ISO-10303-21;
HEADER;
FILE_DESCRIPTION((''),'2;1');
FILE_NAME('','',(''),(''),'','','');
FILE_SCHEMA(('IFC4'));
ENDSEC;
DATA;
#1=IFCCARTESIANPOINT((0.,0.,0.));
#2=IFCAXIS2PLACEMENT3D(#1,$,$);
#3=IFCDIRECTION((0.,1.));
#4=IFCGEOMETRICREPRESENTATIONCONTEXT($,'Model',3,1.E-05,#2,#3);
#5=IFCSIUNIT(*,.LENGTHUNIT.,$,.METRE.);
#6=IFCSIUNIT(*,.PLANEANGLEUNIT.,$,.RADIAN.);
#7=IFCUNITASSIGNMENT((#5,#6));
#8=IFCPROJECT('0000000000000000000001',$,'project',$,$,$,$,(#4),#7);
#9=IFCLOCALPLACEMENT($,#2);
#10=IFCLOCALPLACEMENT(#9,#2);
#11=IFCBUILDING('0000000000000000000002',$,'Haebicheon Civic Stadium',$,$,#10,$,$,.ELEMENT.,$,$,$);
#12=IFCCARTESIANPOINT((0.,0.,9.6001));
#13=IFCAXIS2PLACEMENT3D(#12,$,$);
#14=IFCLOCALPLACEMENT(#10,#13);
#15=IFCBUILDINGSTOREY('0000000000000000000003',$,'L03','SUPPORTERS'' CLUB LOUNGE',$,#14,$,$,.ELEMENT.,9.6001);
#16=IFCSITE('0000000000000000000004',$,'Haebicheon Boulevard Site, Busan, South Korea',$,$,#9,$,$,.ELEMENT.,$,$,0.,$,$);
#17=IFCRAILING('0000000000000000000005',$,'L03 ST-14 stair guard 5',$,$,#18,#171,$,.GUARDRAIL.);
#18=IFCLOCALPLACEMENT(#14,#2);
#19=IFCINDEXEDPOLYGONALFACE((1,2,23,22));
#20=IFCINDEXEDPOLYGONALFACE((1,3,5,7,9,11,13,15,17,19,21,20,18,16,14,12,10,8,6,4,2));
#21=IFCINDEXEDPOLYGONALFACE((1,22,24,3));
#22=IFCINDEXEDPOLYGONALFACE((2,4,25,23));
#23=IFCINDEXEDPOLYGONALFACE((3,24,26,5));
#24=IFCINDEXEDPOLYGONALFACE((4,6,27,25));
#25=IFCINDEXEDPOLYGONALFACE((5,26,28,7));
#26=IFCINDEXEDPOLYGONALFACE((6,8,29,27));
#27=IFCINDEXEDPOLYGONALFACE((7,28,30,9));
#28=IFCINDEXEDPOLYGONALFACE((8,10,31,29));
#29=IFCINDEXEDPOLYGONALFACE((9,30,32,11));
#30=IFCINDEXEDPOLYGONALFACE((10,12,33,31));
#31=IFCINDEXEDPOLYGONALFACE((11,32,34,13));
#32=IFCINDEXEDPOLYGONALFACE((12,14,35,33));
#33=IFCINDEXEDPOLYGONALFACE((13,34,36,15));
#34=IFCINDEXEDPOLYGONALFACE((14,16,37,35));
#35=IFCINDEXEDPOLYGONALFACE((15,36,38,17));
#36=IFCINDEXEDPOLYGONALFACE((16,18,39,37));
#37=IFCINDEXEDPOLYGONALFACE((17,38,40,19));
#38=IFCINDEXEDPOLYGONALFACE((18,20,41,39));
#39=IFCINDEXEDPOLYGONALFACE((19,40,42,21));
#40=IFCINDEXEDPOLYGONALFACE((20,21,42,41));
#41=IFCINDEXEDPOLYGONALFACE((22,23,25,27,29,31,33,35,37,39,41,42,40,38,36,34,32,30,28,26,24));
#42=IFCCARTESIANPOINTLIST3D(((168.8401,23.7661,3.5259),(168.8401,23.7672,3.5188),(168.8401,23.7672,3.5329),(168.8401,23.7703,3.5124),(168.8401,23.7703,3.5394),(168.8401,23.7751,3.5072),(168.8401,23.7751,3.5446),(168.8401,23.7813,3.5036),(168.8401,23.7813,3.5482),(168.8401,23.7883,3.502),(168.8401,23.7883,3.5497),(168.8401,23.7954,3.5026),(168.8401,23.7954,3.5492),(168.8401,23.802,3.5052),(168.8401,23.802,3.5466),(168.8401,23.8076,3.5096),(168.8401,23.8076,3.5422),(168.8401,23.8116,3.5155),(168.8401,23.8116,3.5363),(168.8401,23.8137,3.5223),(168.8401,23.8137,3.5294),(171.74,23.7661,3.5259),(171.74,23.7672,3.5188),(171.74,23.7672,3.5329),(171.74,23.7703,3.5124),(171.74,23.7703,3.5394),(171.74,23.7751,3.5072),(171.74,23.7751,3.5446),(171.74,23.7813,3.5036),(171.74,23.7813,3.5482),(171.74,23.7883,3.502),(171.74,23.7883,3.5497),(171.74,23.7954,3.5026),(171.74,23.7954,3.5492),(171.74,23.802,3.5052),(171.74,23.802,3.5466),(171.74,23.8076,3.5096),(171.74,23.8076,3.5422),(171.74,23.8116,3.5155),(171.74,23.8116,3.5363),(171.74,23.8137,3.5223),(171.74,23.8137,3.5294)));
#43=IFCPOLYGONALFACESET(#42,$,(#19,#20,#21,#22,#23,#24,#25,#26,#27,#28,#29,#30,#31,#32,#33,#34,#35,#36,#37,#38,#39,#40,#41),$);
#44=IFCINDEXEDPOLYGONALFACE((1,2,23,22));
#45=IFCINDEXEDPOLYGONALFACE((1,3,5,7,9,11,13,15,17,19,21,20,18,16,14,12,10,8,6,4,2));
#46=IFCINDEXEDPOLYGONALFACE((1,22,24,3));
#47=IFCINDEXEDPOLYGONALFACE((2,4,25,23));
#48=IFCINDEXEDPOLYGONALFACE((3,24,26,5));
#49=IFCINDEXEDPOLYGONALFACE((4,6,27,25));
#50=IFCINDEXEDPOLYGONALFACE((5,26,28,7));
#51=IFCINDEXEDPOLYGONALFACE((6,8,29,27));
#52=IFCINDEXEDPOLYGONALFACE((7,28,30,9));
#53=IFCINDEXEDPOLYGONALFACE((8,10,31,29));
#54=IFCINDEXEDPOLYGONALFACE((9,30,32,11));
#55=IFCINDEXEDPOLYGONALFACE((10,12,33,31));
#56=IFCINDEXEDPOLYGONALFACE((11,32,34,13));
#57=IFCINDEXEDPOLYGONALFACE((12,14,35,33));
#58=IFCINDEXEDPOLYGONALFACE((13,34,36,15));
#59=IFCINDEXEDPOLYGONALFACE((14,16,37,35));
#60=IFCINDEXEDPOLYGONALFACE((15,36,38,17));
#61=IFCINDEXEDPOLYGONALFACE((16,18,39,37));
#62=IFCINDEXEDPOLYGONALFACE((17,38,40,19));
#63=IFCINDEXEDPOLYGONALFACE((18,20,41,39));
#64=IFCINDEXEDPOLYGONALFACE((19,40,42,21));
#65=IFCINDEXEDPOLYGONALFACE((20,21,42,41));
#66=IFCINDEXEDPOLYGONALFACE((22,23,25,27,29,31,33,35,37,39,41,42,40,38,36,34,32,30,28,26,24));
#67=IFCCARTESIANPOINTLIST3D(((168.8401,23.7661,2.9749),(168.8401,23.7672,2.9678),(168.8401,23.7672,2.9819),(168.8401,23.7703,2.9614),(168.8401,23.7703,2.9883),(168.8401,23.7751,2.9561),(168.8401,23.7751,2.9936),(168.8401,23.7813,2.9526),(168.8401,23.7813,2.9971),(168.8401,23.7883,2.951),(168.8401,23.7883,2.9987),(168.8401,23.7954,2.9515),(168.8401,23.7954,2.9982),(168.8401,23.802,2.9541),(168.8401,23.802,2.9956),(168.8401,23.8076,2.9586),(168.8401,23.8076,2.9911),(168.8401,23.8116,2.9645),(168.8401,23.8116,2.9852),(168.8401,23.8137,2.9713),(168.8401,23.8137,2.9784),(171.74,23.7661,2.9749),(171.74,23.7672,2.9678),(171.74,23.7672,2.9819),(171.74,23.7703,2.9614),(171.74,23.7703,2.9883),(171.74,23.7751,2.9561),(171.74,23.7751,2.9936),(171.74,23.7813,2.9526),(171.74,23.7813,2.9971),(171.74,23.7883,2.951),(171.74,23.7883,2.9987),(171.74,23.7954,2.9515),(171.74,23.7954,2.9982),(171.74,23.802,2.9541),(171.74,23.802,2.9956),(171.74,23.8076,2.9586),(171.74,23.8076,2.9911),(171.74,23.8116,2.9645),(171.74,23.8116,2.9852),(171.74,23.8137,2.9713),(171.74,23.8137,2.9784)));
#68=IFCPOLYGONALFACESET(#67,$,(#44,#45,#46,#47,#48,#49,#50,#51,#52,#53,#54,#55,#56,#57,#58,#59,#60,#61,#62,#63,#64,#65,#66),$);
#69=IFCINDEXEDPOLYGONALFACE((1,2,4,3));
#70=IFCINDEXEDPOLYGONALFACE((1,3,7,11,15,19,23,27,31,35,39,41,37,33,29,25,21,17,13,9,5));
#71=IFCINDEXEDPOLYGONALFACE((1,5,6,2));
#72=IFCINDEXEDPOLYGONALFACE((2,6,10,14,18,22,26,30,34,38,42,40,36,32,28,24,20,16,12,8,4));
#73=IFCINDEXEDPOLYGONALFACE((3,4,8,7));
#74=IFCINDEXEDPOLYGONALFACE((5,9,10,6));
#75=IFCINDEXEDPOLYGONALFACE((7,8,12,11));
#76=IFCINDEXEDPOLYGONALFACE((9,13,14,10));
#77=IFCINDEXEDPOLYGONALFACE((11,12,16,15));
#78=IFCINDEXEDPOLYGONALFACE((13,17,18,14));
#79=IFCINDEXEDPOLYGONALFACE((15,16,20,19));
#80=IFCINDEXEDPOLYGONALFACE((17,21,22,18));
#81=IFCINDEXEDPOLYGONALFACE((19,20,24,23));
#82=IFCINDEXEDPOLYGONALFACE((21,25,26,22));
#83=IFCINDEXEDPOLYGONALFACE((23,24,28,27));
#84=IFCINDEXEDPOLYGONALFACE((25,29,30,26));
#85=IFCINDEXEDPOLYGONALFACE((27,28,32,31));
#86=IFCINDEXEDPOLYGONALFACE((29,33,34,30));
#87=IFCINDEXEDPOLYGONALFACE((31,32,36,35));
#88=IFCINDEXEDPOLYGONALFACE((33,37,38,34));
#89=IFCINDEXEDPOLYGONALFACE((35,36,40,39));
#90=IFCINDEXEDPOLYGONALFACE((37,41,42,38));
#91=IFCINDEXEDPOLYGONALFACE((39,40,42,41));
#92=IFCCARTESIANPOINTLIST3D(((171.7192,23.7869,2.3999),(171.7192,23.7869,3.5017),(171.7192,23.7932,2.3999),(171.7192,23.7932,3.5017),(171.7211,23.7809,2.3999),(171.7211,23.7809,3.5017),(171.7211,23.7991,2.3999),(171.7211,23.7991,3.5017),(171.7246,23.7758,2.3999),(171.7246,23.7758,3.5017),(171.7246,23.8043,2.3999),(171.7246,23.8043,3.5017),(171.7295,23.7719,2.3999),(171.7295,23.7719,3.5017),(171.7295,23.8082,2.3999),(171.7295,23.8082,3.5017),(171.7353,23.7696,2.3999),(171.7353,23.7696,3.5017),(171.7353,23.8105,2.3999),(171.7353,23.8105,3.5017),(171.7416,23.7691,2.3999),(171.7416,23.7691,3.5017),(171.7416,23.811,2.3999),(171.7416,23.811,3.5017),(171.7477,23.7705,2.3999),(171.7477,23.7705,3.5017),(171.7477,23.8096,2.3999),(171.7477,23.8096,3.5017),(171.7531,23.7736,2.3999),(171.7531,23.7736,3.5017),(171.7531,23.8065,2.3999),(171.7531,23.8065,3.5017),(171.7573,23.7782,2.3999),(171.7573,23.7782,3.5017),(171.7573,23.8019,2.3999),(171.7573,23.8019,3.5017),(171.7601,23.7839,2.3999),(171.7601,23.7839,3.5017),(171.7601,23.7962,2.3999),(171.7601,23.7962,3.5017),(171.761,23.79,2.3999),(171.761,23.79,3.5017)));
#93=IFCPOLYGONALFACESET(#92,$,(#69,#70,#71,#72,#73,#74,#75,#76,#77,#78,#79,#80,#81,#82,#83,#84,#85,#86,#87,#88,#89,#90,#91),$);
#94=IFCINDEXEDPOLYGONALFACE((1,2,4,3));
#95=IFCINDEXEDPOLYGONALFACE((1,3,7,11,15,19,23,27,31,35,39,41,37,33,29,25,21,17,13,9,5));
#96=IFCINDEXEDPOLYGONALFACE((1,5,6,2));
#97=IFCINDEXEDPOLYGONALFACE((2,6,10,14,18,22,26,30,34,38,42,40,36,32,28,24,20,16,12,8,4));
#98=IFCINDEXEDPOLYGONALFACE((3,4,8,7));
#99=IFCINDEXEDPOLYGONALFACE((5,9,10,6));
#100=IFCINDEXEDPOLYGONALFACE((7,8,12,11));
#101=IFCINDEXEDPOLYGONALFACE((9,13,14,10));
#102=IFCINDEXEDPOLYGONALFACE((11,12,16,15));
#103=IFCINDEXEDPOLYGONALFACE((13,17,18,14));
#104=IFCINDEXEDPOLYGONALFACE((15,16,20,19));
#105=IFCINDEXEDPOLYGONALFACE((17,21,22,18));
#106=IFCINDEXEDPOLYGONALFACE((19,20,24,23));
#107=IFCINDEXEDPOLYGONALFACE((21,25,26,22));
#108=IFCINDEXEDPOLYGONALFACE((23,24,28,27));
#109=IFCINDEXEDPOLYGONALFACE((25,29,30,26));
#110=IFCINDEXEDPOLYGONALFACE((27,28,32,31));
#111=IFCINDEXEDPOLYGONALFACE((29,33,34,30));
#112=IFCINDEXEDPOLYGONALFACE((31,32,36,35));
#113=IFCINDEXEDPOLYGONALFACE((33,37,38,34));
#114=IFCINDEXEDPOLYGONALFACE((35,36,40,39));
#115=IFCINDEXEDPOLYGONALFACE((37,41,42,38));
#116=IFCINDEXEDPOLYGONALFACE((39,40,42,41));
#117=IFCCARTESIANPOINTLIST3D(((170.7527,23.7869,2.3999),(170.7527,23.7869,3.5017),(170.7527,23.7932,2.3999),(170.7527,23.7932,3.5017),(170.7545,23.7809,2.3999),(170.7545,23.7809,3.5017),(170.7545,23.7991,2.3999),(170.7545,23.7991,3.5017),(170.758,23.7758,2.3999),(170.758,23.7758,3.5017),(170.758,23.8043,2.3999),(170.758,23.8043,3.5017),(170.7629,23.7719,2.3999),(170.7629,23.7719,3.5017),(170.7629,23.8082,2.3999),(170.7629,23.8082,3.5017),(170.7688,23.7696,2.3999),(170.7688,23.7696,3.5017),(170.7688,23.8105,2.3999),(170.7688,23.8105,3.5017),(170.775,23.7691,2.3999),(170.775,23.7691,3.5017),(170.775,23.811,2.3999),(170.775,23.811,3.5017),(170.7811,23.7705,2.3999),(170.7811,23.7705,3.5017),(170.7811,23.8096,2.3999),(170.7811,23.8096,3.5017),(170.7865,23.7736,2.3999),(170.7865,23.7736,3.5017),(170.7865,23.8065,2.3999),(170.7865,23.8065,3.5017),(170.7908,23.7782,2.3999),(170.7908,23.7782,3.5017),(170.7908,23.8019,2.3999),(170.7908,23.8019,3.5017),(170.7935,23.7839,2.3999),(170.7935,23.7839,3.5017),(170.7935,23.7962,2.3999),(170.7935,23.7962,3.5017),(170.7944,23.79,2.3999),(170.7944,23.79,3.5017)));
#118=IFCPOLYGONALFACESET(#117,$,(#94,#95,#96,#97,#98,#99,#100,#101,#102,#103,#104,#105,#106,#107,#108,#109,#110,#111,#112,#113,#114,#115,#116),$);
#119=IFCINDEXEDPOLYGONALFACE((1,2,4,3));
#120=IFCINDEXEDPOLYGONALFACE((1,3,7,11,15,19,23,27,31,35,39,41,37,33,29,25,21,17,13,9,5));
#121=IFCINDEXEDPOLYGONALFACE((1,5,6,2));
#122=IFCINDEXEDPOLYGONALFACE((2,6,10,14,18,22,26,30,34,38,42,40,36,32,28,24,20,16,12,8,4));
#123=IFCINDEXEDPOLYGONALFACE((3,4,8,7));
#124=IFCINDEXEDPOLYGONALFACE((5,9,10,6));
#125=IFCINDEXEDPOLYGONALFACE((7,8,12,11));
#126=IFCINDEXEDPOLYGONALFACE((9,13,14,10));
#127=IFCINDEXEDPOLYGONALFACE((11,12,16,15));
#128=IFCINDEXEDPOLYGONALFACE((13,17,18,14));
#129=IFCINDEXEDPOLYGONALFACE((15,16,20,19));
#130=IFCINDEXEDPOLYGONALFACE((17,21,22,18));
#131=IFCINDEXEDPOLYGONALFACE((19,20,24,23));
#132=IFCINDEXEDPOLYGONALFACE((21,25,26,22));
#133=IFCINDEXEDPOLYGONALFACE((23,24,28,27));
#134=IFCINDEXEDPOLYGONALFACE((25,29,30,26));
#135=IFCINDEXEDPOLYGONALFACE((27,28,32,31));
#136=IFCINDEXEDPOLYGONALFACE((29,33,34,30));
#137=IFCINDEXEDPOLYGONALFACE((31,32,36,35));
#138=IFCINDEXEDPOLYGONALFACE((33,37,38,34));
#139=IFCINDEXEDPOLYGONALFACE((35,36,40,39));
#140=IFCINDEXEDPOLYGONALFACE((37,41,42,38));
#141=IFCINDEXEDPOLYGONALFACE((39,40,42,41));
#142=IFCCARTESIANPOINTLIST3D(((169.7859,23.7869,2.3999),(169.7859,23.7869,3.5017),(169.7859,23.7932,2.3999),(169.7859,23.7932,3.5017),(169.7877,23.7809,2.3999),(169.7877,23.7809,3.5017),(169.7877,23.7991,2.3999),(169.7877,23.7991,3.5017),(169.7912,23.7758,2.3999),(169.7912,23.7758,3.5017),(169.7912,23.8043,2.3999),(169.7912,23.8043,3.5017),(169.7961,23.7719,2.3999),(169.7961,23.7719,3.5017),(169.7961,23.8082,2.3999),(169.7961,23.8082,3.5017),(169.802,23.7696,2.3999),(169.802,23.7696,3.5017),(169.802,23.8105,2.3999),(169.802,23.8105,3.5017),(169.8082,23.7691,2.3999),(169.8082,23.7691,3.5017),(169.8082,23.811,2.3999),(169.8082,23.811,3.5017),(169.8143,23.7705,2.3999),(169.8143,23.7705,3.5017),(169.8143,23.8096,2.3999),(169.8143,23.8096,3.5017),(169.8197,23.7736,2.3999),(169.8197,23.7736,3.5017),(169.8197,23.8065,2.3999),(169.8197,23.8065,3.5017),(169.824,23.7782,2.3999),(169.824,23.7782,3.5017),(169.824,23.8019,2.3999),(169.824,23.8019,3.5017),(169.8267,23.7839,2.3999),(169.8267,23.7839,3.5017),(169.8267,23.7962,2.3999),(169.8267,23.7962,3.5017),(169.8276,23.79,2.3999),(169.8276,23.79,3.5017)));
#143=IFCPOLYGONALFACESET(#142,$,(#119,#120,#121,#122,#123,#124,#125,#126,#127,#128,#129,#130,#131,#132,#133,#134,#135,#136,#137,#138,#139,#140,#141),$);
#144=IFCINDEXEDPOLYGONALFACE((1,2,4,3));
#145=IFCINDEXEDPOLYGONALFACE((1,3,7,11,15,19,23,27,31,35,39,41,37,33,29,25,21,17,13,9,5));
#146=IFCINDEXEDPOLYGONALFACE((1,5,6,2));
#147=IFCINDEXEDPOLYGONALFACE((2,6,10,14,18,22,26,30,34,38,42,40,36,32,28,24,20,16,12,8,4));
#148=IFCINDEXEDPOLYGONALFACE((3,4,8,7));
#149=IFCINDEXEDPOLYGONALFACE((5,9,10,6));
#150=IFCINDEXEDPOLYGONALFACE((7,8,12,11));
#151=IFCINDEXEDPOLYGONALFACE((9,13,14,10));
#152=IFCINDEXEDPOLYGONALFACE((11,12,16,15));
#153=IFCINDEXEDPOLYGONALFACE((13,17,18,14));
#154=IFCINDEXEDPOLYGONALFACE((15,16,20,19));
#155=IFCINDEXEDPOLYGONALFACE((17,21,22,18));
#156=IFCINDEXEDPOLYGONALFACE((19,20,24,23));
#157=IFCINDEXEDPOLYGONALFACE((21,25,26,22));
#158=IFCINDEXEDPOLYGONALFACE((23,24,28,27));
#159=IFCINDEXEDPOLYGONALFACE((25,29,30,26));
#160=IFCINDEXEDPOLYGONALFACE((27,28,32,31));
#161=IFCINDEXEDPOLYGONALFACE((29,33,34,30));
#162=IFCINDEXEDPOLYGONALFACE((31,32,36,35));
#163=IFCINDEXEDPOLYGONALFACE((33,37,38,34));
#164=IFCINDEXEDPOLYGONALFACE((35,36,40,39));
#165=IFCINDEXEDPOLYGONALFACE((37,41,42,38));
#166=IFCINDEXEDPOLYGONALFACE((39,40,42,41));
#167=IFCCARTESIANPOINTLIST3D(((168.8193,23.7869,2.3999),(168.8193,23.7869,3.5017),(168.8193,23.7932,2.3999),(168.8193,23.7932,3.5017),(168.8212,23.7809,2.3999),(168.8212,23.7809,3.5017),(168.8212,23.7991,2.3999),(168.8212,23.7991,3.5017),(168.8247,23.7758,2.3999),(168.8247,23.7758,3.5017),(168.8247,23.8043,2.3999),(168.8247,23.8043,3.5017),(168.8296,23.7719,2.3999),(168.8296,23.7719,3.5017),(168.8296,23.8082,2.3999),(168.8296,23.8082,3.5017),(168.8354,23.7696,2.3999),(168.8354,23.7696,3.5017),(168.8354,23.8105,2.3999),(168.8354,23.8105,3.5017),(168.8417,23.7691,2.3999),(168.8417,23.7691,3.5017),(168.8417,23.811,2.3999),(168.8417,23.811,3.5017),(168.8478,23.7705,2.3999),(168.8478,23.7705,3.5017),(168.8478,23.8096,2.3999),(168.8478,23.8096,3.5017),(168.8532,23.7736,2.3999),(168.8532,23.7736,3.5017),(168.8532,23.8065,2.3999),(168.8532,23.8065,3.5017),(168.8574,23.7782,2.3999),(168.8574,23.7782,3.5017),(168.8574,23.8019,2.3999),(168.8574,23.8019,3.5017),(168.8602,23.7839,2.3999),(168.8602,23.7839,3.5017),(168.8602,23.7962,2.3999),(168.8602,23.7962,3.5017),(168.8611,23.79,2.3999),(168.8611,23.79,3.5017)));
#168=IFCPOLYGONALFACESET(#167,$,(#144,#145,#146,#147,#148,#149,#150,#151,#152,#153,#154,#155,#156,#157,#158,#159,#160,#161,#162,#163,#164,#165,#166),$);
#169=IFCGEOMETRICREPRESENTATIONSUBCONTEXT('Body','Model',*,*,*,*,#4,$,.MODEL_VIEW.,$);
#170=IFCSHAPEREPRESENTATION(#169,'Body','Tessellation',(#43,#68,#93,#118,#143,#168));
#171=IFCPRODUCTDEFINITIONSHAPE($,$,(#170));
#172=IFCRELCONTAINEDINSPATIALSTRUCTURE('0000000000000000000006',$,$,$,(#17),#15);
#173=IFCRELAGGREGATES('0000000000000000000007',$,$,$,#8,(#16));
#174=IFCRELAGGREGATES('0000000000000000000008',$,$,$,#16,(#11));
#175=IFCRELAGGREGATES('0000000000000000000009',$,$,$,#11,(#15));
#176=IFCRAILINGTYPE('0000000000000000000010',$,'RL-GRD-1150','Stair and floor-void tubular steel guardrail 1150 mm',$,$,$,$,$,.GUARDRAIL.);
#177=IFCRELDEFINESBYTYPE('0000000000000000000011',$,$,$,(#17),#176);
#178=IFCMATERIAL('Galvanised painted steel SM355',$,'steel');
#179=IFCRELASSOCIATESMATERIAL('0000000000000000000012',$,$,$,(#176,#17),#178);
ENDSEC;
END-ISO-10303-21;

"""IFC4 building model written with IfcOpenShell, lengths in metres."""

from ifc_helpers import new_model, si_unit, direction, frame, origin, origin_2d, place, context, subcontext, project, spatial, circle, extrude, material, type_object, element, save


model = new_model("IFC4")

# Units and contexts
model_context = context("Model", 3, precision=1e-05, world=origin(), true_north=direction((0.0, 1.0)))
body_context = subcontext(model_context, "Body", "Model", "MODEL_VIEW")
ifc_project = project(units=[si_unit("LENGTHUNIT", "METRE"), si_unit("PLANEANGLEUNIT", "RADIAN")], contexts=[model_context])

# Site, building, storey
site_placement = place(None, origin())
site = spatial("IfcSite", under=ifc_project, at=site_placement, Name="Haebicheon Boulevard Site, Busan, South Korea", CompositionType="ELEMENT", RefElevation=0.0)
building_placement = place(site_placement, origin())
building = spatial("IfcBuilding", under=site, at=building_placement, Name="Haebicheon Civic Stadium", CompositionType="ELEMENT")
storey_placement = place(building_placement, frame((0.0, 0.0, 9.6001)))
storey = spatial("IfcBuildingStorey", under=building, at=storey_placement, Name="L03", Description="SUPPORTERS' CLUB LOUNGE", CompositionType="ELEMENT", Elevation=9.6001)

# Railing
ifc_material_1 = material(Name="Galvanised painted steel SM355", Category="steel")
railing_type_1 = type_object("IfcRailingType", Name="RL-GRD-1150", Description="Stair and floor-void tubular steel guardrail 1150 mm", PredefinedType="GUARDRAIL", material=ifc_material_1)
railing_1_placement = place(storey_placement, frame((171.74, 23.79, 2.3999)))
element("IfcRailing", 1, at=railing_1_placement, inside=storey, type_object=railing_type_1, material=ifc_material_1, Name="L03 ST-14 stair guard 5", PredefinedType="GUARDRAIL", context=body_context, shape_type="SweptSolid", body=[
    extrude(circle(Radius=0.0239, at=origin_2d()), frame((0.0, 0.0, 1.126), z_axis=(-1.0, 0.0, 0.0), x_axis=(0.0, -1.0, 0.0)), (0.0, 0.0, 1.0), 2.8999),
    extrude(circle(Radius=0.0239, at=origin_2d()), frame((0.0, 0.0, 0.575), z_axis=(-1.0, 0.0, 0.0), x_axis=(0.0, -1.0, 0.0)), (0.0, 0.0, 1.0), 2.8999),
    extrude(circle(Radius=0.021, at=origin_2d()), origin(), (0.0, 0.0, 1.0), 1.1018),
    extrude(circle(Radius=0.021, at=origin_2d()), frame((-0.9666, 0.0, 0.0)), (0.0, 0.0, 1.0), 1.1018),
    extrude(circle(Radius=0.021, at=origin_2d()), frame((-1.9333, 0.0, 0.0)), (0.0, 0.0, 1.0), 1.1018),
    extrude(circle(Radius=0.021, at=origin_2d()), frame((-2.8999, 0.0, 0.0)), (0.0, 0.0, 1.0), 1.1018),
])

save(model, "model.ifc")
